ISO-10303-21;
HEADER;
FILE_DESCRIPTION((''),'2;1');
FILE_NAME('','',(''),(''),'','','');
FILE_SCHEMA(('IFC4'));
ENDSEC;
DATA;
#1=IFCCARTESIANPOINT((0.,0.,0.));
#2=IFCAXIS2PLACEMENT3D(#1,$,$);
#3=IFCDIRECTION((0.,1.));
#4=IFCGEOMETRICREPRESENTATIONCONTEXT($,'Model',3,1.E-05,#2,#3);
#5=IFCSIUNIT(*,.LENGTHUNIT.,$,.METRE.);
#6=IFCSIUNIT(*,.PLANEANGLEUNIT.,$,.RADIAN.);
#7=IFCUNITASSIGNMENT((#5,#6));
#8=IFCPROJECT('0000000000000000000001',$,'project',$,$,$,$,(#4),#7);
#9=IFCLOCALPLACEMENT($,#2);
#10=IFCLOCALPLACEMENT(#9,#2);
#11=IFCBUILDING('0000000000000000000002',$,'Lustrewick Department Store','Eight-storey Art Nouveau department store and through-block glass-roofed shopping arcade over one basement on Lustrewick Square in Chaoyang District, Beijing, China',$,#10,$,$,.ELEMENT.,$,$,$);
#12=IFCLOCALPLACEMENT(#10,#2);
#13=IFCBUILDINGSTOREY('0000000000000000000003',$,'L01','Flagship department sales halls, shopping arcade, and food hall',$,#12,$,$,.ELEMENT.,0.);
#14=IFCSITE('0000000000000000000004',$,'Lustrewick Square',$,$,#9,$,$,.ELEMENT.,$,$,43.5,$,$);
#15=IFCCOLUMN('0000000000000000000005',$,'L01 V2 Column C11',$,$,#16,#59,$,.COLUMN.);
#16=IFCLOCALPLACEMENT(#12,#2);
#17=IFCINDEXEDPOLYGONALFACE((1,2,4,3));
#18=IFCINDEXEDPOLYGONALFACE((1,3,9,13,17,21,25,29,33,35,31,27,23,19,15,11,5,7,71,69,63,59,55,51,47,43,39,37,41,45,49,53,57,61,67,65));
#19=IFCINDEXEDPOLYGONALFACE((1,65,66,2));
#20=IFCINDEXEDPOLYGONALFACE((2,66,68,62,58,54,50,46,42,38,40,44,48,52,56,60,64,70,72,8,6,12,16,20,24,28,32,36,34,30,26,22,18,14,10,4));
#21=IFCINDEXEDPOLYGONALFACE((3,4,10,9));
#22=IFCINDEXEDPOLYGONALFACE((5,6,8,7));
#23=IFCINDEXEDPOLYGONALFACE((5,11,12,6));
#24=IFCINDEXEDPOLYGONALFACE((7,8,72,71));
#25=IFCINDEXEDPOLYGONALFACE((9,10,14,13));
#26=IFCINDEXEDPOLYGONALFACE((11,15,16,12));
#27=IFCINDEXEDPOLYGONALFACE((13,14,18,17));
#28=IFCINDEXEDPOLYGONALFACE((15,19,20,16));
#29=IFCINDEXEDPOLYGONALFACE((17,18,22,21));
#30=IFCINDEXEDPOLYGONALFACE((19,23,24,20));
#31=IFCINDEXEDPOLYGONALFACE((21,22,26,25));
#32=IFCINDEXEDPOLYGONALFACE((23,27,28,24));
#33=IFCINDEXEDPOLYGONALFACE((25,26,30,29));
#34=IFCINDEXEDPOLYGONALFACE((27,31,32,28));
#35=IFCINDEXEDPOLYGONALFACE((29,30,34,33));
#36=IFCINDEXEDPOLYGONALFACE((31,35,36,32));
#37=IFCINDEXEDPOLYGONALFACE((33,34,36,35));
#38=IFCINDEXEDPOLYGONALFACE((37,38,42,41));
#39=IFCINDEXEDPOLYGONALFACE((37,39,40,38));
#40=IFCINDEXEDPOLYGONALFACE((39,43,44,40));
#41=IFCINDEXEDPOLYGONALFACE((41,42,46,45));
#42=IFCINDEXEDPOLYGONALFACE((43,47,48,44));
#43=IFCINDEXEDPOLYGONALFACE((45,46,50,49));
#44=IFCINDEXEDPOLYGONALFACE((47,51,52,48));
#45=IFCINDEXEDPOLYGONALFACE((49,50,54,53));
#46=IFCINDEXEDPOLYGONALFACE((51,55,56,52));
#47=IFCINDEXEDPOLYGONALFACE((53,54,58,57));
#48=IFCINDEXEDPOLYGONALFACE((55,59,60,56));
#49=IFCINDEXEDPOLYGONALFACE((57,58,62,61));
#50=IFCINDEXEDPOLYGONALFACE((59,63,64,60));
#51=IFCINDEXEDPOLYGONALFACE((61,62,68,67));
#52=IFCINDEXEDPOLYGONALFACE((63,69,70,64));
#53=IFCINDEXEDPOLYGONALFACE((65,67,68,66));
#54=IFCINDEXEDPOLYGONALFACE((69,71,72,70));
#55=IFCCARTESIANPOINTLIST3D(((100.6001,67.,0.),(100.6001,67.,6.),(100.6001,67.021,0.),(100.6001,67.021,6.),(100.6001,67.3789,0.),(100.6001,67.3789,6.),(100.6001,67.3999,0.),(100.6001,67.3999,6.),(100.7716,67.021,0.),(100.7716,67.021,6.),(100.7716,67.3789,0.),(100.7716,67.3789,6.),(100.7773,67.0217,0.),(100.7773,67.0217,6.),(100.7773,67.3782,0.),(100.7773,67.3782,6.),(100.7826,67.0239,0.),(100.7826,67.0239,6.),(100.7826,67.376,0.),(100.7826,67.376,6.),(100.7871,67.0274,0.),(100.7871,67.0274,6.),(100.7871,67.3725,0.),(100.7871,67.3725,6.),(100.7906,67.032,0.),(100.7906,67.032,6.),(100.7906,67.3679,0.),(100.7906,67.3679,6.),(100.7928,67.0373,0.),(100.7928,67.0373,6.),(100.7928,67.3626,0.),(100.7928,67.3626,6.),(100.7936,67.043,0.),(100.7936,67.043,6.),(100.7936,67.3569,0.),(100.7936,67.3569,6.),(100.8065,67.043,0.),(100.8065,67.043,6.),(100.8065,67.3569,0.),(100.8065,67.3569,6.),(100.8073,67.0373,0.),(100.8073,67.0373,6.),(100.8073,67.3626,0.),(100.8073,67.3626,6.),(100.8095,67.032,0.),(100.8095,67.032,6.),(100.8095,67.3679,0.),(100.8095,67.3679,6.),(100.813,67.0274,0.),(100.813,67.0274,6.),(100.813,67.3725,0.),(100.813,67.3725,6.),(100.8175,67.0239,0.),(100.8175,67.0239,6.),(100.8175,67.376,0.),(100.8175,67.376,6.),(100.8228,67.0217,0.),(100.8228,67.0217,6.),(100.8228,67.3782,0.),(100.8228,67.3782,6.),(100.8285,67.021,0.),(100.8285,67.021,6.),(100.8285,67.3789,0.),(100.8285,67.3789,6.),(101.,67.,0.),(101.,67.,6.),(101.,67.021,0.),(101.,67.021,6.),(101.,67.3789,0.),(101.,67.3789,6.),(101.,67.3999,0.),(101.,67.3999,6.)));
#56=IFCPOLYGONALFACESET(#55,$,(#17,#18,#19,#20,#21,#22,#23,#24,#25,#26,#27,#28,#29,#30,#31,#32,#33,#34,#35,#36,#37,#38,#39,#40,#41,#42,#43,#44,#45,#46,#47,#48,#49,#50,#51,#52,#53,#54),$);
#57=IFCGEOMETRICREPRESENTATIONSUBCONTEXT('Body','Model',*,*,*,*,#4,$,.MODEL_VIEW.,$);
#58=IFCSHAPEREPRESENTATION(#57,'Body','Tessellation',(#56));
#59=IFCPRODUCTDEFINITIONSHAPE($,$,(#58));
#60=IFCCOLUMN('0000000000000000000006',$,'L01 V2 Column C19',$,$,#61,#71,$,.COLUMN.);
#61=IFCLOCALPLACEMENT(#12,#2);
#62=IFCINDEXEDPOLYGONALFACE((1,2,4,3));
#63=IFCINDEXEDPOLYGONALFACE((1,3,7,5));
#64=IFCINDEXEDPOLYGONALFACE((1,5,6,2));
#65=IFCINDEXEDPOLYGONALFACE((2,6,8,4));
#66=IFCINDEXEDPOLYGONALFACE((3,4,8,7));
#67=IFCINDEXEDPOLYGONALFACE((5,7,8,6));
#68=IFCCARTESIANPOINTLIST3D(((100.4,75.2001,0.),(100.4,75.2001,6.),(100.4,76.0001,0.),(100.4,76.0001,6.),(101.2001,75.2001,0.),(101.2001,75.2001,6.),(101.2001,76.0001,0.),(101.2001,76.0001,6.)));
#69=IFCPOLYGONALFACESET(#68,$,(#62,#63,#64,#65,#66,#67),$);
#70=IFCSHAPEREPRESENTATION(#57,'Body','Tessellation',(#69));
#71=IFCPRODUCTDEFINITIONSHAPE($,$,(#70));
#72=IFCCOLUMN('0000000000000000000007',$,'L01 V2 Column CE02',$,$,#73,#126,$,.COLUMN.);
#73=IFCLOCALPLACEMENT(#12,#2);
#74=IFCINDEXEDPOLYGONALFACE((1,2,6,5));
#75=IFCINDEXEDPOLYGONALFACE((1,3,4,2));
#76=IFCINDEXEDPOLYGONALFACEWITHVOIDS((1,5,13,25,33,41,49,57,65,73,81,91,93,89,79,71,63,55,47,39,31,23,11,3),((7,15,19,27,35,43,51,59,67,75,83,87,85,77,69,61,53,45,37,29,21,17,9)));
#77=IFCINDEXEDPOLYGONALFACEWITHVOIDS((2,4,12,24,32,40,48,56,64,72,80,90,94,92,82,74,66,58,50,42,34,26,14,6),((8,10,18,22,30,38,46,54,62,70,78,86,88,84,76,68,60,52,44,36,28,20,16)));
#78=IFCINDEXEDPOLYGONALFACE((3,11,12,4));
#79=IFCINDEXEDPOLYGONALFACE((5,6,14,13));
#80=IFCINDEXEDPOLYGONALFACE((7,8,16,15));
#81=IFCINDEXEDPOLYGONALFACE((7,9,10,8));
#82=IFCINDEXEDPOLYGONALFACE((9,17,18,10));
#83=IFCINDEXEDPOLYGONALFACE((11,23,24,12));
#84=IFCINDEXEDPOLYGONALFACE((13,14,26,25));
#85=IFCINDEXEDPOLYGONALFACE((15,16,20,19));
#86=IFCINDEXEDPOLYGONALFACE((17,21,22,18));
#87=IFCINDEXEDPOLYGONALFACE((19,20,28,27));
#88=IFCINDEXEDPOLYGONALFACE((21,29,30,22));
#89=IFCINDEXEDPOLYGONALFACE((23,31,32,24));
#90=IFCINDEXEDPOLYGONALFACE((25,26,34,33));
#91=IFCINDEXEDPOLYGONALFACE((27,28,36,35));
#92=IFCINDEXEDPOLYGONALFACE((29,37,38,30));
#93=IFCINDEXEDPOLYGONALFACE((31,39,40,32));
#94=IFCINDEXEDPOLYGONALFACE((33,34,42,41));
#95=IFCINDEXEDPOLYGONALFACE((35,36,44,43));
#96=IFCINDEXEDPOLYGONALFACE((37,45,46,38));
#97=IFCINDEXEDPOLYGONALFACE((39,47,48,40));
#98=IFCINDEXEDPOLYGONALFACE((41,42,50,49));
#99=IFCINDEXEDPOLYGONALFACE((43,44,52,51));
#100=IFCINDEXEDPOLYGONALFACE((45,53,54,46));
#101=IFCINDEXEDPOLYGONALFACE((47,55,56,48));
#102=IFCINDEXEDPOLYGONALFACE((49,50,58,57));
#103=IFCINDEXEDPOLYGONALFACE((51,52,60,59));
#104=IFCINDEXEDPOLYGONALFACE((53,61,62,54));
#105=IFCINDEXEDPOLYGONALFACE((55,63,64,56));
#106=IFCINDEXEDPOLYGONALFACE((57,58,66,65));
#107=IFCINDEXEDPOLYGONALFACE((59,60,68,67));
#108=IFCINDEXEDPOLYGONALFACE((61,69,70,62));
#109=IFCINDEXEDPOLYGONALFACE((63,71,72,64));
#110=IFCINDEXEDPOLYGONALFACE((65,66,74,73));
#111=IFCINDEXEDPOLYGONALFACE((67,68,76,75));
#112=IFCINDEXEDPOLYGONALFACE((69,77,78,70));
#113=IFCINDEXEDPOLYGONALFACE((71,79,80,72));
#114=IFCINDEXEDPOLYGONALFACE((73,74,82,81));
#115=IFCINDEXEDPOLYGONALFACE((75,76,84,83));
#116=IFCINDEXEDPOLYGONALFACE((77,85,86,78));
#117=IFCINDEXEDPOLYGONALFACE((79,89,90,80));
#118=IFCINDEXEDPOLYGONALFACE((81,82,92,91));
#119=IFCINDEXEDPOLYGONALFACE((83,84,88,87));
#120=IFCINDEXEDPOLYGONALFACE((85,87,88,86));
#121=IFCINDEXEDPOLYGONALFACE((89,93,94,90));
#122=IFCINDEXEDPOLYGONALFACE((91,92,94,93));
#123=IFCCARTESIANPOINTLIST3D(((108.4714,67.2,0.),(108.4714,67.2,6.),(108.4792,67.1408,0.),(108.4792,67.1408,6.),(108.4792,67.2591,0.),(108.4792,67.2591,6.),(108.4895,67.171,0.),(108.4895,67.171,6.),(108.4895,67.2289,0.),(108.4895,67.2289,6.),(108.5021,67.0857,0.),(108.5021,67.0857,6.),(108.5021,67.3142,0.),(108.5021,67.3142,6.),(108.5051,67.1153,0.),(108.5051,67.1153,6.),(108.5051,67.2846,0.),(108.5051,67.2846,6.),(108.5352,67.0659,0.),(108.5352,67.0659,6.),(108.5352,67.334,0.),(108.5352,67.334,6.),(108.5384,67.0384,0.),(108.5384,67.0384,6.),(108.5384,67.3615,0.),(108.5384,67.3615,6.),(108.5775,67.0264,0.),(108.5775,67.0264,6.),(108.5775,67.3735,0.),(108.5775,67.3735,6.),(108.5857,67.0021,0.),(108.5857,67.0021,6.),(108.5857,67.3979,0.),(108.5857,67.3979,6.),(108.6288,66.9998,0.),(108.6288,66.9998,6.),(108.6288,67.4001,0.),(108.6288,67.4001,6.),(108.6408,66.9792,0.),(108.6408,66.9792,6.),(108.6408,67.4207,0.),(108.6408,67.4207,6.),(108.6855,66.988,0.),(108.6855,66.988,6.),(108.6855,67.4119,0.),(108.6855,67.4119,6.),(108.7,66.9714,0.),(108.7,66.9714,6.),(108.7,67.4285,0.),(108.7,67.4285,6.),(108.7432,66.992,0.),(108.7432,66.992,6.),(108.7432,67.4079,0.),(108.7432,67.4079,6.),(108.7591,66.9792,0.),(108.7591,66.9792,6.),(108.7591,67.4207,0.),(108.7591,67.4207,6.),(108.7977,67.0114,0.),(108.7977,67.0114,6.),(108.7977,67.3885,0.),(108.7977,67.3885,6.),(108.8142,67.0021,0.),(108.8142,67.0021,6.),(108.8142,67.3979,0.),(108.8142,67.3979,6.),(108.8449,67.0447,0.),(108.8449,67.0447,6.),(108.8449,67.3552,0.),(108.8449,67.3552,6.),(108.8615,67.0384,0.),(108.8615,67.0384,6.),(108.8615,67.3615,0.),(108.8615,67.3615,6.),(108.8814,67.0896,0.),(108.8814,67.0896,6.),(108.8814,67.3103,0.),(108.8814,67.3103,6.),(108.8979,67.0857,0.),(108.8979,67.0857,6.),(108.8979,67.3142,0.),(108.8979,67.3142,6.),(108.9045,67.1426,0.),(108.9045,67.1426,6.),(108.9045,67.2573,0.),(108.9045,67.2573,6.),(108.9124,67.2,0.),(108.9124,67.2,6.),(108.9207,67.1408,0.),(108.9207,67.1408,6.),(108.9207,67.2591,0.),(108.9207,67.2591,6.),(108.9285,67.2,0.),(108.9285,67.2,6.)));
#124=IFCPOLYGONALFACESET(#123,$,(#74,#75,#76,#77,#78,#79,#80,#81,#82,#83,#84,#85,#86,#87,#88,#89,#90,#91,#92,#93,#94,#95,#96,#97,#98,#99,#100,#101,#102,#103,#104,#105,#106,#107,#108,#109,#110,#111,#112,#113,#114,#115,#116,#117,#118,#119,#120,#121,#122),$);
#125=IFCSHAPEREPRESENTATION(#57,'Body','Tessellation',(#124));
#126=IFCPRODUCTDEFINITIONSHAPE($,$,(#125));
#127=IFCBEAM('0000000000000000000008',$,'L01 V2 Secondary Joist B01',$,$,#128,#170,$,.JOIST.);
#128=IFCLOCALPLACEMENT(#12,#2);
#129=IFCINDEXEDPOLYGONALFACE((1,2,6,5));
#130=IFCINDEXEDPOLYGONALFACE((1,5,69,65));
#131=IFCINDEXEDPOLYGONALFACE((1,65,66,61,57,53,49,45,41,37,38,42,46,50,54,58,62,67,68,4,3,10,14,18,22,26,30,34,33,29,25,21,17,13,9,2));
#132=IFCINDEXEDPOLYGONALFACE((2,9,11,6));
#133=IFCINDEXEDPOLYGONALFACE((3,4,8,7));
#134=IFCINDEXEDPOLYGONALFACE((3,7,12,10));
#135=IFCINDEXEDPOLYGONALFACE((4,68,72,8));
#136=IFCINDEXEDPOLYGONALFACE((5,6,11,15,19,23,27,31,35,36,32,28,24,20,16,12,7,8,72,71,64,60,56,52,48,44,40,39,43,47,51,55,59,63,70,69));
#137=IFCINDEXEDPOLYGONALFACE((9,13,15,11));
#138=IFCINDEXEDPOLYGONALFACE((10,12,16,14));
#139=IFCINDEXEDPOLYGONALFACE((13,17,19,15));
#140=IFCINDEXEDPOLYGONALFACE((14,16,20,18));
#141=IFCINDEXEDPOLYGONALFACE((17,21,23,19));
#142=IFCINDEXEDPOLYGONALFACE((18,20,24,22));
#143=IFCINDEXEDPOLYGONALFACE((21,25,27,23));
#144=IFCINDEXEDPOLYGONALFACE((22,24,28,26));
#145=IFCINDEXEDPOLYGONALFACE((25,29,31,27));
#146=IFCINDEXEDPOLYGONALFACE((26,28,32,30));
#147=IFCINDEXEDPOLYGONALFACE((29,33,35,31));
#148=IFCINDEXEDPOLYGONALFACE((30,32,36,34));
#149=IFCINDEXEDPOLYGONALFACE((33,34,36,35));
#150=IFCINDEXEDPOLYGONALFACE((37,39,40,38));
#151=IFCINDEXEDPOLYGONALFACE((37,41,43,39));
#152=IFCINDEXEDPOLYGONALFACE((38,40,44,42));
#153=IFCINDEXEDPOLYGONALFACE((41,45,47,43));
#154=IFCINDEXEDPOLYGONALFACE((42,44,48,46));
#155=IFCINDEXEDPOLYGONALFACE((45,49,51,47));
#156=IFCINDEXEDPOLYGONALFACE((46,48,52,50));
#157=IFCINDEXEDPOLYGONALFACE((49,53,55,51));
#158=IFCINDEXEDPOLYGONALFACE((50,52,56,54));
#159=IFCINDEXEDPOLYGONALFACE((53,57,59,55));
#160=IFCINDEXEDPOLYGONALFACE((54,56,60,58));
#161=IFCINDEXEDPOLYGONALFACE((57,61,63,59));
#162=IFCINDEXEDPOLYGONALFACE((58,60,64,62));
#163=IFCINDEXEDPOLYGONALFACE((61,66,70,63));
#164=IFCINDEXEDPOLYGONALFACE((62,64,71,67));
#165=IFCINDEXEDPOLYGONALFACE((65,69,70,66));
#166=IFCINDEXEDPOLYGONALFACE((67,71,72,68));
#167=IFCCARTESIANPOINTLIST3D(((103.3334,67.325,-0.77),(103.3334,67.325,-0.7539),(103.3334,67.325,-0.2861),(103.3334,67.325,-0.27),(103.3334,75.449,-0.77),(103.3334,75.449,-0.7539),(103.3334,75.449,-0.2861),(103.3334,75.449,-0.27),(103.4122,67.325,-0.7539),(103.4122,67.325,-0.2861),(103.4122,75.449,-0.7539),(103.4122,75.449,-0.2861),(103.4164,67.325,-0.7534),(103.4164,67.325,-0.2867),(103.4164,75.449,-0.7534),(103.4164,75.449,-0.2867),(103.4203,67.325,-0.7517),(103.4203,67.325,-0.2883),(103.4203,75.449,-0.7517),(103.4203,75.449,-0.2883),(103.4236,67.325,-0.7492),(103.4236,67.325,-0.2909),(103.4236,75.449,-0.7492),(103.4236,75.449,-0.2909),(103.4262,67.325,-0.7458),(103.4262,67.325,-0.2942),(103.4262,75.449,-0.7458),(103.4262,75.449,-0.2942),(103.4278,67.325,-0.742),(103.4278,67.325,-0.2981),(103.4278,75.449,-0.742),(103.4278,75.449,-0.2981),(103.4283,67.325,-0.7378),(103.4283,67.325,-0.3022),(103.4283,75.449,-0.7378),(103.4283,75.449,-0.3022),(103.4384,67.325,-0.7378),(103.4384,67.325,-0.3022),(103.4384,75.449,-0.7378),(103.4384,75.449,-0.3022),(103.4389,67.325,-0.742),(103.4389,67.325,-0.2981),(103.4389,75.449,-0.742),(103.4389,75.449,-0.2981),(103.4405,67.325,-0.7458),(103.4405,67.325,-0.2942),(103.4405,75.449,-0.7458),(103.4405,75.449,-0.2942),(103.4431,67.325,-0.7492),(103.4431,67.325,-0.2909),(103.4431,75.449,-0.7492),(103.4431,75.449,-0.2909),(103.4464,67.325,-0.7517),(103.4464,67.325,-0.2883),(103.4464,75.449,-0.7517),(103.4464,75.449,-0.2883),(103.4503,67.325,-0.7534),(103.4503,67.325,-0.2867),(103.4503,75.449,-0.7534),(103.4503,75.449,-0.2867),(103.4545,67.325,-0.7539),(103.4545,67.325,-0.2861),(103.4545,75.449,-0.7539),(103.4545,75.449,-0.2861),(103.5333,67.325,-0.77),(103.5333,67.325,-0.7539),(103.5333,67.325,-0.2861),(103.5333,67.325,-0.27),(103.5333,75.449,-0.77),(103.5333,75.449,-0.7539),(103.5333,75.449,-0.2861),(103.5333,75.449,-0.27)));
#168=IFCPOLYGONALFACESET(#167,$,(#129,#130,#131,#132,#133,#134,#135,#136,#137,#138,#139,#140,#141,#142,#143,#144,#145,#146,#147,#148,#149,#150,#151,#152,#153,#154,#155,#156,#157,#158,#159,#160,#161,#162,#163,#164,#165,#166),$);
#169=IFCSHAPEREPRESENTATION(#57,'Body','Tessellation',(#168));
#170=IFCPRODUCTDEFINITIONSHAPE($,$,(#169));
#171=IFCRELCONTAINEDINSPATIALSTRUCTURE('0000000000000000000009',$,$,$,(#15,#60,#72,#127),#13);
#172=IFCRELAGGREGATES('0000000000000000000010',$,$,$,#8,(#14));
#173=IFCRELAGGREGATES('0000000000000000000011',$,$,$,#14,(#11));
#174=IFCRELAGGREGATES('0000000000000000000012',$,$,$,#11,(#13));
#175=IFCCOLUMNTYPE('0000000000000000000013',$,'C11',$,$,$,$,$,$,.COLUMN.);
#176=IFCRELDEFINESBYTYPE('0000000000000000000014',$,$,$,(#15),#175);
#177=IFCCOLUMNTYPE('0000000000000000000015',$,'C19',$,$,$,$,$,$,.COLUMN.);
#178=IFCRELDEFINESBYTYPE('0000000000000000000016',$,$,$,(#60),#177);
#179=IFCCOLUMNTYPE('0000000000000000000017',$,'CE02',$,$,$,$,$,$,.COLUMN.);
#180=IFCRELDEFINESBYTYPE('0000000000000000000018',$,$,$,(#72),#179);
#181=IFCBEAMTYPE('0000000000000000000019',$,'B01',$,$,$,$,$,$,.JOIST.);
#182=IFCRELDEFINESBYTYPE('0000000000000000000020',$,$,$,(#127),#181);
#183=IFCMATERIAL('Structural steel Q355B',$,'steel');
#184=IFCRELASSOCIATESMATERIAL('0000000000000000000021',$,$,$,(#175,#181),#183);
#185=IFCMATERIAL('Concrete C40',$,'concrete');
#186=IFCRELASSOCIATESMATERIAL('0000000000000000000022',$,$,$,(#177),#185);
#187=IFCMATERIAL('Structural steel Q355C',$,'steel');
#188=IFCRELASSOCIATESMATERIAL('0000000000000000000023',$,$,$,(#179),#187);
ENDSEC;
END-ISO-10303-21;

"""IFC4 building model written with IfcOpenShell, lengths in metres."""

from ifc_helpers import new_model, si_unit, direction, frame, origin, origin_2d, place, context, subcontext, project, spatial, rectangle, hollow_circle, i_section, extrude, material, material_profile, profile_set, type_object, element, save


model = new_model("IFC4")

# Units and contexts
model_context = context("Model", 3, precision=1e-05, world=origin(), true_north=direction((0.0, 1.0)))
body_context = subcontext(model_context, "Body", "Model", "MODEL_VIEW")
ifc_project = project(units=[si_unit("LENGTHUNIT", "METRE"), si_unit("PLANEANGLEUNIT", "RADIAN")], contexts=[model_context])

# Site, building, storey
site_placement = place(None, origin())
site = spatial("IfcSite", under=ifc_project, at=site_placement, Name="Lustrewick Square", CompositionType="ELEMENT", RefElevation=43.5)
building_placement = place(site_placement, origin())
building = spatial("IfcBuilding", under=site, at=building_placement, Name="Lustrewick Department Store", Description="Eight-storey Art Nouveau department store and through-block glass-roofed shopping arcade over one basement on Lustrewick Square in Chaoyang District, Beijing, China", CompositionType="ELEMENT")
storey_placement = place(building_placement, origin())
storey = spatial("IfcBuildingStorey", under=building, at=storey_placement, Name="L01", Description="Flagship department sales halls, shopping arcade, and food hall", CompositionType="ELEMENT", Elevation=0.0)

# Columns
ifc_material_1 = material(Name="Structural steel Q355B", Category="steel")
ifc_material_profile_1 = material_profile(ifc_material_1, i_section(OverallWidth=0.3999, OverallDepth=0.3999, WebThickness=0.0129, FlangeThickness=0.021, FilletRadius=0.022, at=origin_2d()), Name="HW 400x400x13x21")
ifc_profile_set_1 = profile_set([ifc_material_profile_1], Name="Structural steel Q355B")
column_type_1 = type_object("IfcColumnType", Name="C11", PredefinedType="COLUMN", material=ifc_profile_set_1)
column_1_placement = place(storey_placement, frame((100.8, 67.2, 0.0), z_axis=(0.0, 0.0, 1.0), x_axis=(1.0, 0.0, 0.0)))
element("IfcColumn", 1, at=column_1_placement, inside=storey, type_object=column_type_1, Name="L01 V2 Column C11", PredefinedType="COLUMN", context=body_context, shape_type="SweptSolid", body=[
    extrude(i_section(OverallWidth=0.3999, OverallDepth=0.3999, WebThickness=0.0129, FlangeThickness=0.021, FilletRadius=0.022, at=origin_2d()), origin(), (0.0, 0.0, 1.0), 6.0),
])
ifc_material_2 = material(Name="Concrete C40", Category="concrete")
ifc_material_profile_2 = material_profile(ifc_material_2, rectangle(XDim=0.8, YDim=0.8, at=origin_2d()), Name="RC 800x800")
ifc_profile_set_2 = profile_set([ifc_material_profile_2], Name="Concrete C40")
column_type_2 = type_object("IfcColumnType", Name="C19", PredefinedType="COLUMN", material=ifc_profile_set_2)
column_2_placement = place(storey_placement, frame((100.8, 75.6001, 0.0), z_axis=(0.0, 0.0, 1.0), x_axis=(1.0, 0.0, 0.0)))
element("IfcColumn", 2, at=column_2_placement, inside=storey, type_object=column_type_2, Name="L01 V2 Column C19", PredefinedType="COLUMN", context=body_context, shape_type="SweptSolid", body=[
    extrude(rectangle(XDim=0.8, YDim=0.8, at=origin_2d()), origin(), (0.0, 0.0, 1.0), 6.0),
])
ifc_material_3 = material(Name="Structural steel Q355C", Category="steel")
ifc_material_profile_3 = material_profile(ifc_material_3, hollow_circle(Radius=0.2285, WallThickness=0.0161, at=origin_2d()), Name="CHS 457x16")
ifc_profile_set_3 = profile_set([ifc_material_profile_3], Name="Structural steel Q355C")
column_type_3 = type_object("IfcColumnType", Name="CE02", PredefinedType="COLUMN", material=ifc_profile_set_3)
column_3_placement = place(storey_placement, frame((108.7, 67.2, 0.0), z_axis=(0.0, 0.0, 1.0), x_axis=(1.0, 0.0, 0.0)))
element("IfcColumn", 3, at=column_3_placement, inside=storey, type_object=column_type_3, Name="L01 V2 Column CE02", PredefinedType="COLUMN", context=body_context, shape_type="SweptSolid", body=[
    extrude(hollow_circle(Radius=0.2285, WallThickness=0.0161, at=origin_2d()), origin(), (0.0, 0.0, 1.0), 6.0),
])

# Beam
ifc_material_profile_4 = material_profile(ifc_material_1, i_section(OverallWidth=0.2, OverallDepth=0.5, WebThickness=0.01, FlangeThickness=0.0161, FilletRadius=0.0161, at=origin_2d()), Name="HN 500x200x10x16")
ifc_profile_set_4 = profile_set([ifc_material_profile_4], Name="Structural steel Q355B")
beam_type_1 = type_object("IfcBeamType", Name="B01", PredefinedType="JOIST", material=ifc_profile_set_4)
beam_1_placement = place(storey_placement, frame((103.4333, 67.325, -0.52), z_axis=(0.0, 1.0, 0.0), x_axis=(-1.0, 0.0, 0.0)))
element("IfcBeam", 4, at=beam_1_placement, inside=storey, type_object=beam_type_1, Name="L01 V2 Secondary Joist B01", PredefinedType="JOIST", context=body_context, shape_type="SweptSolid", body=[
    extrude(i_section(OverallWidth=0.2, OverallDepth=0.5, WebThickness=0.01, FlangeThickness=0.0161, FilletRadius=0.0161, at=origin_2d()), origin(), (0.0, 0.0, 1.0), 8.124),
])

save(model, "model.ifc")
